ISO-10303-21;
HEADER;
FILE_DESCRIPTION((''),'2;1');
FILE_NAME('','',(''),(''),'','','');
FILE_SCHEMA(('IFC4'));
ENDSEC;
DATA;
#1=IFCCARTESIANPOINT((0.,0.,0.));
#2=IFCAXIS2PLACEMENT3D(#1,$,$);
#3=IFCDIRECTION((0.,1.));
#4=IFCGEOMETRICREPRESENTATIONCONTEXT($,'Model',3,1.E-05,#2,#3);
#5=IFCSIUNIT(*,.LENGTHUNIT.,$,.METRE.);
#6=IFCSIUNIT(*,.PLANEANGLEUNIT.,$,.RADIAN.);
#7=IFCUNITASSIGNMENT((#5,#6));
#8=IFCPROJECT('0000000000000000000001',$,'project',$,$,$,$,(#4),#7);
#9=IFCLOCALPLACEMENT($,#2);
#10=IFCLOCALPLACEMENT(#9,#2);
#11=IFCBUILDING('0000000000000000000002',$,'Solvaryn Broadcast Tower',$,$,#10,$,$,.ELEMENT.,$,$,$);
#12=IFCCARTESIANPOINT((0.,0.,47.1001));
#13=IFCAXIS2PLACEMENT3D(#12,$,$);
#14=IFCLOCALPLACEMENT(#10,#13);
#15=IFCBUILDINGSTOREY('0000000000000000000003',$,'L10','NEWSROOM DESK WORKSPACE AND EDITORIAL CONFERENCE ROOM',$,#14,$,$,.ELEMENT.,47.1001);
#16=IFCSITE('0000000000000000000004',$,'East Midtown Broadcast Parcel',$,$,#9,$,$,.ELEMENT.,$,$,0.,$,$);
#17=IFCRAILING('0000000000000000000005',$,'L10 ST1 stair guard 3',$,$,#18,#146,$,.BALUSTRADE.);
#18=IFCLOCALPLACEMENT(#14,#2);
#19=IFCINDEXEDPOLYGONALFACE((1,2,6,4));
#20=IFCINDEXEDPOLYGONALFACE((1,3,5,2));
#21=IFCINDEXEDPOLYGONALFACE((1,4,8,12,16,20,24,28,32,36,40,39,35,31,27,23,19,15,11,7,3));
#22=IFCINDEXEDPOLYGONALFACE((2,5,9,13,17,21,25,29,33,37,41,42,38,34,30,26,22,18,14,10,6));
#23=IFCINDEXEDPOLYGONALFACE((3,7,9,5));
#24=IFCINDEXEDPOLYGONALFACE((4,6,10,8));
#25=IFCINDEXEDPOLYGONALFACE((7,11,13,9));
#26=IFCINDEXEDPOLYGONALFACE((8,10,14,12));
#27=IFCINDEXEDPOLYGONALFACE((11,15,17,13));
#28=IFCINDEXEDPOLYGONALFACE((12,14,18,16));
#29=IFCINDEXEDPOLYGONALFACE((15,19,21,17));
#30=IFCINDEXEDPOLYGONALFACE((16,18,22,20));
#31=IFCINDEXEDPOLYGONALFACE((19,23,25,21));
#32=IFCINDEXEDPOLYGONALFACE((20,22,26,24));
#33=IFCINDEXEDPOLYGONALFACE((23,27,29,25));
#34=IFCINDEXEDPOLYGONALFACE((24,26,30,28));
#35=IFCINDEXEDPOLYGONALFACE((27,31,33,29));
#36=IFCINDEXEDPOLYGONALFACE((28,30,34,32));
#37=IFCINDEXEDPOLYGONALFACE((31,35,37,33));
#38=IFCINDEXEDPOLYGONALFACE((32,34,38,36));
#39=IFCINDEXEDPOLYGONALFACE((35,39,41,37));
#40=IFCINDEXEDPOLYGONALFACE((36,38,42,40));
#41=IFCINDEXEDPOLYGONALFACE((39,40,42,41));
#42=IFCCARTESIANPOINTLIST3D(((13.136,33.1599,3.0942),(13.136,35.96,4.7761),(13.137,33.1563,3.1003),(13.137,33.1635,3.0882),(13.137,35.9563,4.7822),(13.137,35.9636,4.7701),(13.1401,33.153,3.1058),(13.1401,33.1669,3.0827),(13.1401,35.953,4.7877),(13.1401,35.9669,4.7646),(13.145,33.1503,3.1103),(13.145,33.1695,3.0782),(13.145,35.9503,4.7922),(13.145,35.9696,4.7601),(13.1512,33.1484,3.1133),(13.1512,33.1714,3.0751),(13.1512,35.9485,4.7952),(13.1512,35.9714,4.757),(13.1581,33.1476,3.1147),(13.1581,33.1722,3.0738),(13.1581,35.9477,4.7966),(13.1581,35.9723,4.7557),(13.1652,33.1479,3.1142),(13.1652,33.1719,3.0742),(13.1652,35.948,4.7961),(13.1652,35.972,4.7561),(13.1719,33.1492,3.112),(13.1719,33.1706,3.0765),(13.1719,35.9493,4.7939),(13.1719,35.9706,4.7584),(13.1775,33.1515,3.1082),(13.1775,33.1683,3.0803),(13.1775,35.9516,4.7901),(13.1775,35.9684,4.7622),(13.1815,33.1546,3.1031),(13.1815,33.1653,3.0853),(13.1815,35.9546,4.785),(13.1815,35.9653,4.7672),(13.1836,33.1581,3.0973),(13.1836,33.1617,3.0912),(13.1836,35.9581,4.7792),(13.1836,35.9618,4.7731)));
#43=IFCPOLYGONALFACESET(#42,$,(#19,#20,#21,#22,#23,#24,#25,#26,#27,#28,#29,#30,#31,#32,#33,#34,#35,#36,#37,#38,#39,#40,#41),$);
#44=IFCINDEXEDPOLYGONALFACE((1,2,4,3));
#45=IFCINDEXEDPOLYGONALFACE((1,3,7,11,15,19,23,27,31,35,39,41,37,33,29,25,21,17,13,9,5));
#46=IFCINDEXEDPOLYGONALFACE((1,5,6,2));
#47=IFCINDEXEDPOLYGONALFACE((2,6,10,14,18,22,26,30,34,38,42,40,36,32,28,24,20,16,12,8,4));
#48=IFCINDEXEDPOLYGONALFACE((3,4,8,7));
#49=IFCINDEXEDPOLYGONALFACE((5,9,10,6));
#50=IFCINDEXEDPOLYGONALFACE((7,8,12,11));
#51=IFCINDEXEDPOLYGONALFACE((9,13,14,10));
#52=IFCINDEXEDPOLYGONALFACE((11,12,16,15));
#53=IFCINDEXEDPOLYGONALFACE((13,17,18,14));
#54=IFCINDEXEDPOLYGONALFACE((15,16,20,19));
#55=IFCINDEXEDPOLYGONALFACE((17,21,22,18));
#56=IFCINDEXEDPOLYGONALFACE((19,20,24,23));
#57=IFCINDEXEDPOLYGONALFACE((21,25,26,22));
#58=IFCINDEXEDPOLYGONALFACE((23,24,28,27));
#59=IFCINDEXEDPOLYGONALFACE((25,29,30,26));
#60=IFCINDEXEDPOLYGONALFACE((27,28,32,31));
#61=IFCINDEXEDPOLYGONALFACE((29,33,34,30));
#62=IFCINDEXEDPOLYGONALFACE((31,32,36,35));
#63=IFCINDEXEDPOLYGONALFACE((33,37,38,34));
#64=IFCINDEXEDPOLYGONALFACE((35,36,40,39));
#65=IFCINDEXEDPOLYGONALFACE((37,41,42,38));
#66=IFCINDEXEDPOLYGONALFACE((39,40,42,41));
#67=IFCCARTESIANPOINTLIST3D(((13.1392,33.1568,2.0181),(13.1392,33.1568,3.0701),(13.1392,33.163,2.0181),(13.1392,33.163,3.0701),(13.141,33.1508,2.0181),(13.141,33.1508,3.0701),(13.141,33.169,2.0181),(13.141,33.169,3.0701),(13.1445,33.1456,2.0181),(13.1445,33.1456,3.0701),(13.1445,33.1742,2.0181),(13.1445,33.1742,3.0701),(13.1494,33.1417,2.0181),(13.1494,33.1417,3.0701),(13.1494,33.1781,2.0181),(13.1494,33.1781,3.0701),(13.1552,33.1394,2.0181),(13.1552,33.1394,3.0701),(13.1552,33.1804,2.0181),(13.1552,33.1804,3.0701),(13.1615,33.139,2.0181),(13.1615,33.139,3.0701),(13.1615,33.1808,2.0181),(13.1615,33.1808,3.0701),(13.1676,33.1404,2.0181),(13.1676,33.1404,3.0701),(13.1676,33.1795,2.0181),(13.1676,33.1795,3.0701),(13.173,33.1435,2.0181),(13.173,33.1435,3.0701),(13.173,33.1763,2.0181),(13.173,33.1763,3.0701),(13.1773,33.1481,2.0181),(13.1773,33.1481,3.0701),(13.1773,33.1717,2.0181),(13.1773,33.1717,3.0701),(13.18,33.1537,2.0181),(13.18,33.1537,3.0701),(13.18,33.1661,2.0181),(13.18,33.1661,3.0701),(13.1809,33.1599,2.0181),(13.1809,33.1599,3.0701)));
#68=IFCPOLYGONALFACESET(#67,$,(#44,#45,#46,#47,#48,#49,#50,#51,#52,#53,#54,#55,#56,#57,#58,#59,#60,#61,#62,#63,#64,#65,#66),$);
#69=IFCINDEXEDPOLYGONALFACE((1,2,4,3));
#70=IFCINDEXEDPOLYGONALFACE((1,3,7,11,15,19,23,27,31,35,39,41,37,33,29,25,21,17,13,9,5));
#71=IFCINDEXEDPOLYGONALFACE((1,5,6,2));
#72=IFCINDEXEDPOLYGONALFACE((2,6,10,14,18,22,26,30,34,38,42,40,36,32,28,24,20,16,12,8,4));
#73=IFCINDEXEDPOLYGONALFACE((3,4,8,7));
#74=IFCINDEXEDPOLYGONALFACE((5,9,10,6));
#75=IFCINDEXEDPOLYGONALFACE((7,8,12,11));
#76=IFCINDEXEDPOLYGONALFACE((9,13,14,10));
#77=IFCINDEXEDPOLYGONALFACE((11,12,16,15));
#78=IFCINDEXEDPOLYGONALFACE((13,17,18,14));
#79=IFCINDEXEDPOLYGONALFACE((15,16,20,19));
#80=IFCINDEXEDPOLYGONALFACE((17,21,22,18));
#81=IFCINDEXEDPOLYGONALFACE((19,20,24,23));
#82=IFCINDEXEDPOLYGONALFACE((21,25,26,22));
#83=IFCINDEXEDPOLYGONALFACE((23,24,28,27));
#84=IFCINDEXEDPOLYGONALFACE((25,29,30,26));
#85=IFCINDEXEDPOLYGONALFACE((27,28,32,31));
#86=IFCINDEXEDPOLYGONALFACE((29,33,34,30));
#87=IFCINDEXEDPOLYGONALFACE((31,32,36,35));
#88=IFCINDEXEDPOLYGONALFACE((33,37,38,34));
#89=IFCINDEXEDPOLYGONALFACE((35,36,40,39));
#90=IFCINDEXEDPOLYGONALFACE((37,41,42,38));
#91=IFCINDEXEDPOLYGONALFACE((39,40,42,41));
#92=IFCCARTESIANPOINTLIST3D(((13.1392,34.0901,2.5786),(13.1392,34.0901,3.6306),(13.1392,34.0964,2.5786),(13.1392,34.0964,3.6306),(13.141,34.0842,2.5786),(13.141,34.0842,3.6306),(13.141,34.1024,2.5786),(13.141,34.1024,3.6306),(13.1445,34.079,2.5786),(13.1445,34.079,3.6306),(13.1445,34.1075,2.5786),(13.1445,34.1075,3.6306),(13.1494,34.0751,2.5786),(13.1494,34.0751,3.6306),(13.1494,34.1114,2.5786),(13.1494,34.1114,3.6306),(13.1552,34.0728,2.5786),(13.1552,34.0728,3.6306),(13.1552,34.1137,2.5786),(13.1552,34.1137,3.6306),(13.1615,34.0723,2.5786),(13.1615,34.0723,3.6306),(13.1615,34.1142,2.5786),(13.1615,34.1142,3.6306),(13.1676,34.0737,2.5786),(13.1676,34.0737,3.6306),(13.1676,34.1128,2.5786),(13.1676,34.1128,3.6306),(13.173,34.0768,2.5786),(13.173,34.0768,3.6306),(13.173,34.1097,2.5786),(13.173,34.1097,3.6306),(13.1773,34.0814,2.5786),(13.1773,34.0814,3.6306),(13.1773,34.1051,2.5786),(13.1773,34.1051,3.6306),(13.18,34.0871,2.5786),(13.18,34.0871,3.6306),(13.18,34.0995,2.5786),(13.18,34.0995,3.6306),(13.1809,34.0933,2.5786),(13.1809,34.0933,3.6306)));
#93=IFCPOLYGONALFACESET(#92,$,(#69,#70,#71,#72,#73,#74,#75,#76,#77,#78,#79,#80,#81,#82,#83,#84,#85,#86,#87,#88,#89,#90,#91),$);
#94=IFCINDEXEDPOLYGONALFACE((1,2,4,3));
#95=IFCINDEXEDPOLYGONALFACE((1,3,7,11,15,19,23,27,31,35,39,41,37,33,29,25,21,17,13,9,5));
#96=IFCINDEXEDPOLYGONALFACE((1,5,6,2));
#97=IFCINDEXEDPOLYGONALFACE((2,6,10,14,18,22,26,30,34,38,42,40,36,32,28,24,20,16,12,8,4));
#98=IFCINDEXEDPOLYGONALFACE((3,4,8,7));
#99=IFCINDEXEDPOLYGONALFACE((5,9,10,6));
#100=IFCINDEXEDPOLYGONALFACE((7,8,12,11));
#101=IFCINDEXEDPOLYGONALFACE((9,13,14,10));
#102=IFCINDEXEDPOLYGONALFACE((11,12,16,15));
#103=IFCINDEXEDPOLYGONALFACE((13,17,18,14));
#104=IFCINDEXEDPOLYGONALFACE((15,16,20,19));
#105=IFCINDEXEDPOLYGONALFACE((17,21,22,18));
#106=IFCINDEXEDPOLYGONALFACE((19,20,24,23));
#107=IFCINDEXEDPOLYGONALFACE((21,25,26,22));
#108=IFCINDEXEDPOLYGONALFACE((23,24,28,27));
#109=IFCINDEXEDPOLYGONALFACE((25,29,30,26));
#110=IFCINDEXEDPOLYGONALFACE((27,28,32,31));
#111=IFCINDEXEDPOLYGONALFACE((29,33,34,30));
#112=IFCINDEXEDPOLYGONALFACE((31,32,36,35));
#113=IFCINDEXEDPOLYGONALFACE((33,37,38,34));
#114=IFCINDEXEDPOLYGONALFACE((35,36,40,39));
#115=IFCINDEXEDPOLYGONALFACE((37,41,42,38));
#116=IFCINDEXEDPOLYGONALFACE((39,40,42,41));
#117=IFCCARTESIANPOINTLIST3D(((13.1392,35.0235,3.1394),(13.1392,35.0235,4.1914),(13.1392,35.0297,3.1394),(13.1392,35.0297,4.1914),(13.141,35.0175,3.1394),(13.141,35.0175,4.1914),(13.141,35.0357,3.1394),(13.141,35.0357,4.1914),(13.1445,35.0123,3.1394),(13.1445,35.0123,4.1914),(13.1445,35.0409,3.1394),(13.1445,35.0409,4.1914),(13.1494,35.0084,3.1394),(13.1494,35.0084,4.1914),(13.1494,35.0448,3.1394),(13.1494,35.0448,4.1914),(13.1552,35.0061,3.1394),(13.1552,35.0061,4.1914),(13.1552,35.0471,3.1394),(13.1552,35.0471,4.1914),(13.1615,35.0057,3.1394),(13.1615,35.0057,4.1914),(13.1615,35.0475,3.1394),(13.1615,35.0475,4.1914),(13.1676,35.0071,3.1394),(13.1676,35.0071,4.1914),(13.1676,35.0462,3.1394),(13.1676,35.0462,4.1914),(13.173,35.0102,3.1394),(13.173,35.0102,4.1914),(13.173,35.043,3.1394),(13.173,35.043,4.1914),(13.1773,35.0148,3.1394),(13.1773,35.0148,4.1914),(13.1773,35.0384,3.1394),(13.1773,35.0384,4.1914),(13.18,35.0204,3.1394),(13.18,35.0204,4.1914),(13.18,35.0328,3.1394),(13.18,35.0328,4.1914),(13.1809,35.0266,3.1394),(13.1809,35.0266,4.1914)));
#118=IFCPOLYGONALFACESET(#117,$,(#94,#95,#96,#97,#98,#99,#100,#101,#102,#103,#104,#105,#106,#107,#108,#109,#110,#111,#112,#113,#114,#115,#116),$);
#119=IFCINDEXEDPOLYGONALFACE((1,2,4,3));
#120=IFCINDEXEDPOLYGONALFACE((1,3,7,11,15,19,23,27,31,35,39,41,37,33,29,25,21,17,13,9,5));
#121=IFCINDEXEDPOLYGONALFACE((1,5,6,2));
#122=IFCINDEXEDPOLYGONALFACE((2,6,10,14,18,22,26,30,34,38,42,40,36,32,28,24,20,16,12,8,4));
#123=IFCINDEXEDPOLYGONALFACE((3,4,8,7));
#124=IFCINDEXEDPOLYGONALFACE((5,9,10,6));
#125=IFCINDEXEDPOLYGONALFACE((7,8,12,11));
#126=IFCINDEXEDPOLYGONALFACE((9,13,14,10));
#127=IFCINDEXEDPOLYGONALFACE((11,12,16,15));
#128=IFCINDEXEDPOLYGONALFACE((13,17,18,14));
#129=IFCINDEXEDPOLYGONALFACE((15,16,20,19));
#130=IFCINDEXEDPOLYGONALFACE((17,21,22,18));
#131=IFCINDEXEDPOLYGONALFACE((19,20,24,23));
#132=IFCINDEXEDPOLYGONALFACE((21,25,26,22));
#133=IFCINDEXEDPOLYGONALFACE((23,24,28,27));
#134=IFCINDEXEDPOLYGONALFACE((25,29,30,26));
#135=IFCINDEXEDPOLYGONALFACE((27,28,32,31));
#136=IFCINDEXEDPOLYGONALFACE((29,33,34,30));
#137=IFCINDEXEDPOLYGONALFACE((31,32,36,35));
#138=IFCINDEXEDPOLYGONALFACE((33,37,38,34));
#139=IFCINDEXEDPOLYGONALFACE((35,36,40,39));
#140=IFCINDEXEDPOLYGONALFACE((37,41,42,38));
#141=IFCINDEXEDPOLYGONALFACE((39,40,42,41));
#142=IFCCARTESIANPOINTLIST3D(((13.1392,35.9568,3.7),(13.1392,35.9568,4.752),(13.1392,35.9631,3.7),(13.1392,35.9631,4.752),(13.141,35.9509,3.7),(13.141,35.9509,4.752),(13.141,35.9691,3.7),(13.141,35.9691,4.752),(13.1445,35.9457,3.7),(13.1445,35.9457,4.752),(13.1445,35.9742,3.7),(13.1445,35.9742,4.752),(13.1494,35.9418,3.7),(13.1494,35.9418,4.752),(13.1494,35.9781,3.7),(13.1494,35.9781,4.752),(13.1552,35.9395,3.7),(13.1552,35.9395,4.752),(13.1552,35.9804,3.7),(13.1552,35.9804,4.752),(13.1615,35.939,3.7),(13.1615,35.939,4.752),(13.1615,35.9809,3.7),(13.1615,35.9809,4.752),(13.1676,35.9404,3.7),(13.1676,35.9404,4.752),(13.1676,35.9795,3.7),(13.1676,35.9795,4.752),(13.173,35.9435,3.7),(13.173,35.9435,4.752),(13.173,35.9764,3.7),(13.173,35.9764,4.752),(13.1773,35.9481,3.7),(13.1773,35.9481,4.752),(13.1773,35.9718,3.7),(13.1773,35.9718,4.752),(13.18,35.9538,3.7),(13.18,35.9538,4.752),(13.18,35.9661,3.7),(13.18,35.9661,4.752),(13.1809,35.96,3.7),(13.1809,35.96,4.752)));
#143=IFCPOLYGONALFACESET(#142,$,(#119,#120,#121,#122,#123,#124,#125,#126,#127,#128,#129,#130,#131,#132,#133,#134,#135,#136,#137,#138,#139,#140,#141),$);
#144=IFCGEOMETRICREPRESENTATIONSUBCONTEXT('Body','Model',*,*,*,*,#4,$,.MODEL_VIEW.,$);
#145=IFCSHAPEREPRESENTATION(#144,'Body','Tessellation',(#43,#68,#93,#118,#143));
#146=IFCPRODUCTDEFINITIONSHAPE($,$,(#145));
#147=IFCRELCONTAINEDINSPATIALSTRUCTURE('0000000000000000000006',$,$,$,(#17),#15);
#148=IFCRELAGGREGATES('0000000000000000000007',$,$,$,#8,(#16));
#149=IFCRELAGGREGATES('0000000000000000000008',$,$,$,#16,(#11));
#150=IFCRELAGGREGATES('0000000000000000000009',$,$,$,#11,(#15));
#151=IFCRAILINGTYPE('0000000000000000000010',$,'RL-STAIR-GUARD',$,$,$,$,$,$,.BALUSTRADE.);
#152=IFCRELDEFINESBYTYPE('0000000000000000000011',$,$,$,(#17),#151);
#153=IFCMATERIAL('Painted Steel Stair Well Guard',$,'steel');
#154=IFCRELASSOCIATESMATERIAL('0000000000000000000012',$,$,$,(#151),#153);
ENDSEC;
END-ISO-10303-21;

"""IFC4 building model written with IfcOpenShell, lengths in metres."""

from ifc_helpers import new_model, si_unit, direction, frame, origin, origin_2d, place, context, subcontext, project, spatial, circle, extrude, material, type_object, element, save


model = new_model("IFC4")

# Units and contexts
model_context = context("Model", 3, precision=1e-05, world=origin(), true_north=direction((0.0, 1.0)))
body_context = subcontext(model_context, "Body", "Model", "MODEL_VIEW")
ifc_project = project(units=[si_unit("LENGTHUNIT", "METRE"), si_unit("PLANEANGLEUNIT", "RADIAN")], contexts=[model_context])

# Site, building, storey
site_placement = place(None, origin())
site = spatial("IfcSite", under=ifc_project, at=site_placement, Name="East Midtown Broadcast Parcel", CompositionType="ELEMENT", RefElevation=0.0)
building_placement = place(site_placement, origin())
building = spatial("IfcBuilding", under=site, at=building_placement, Name="Solvaryn Broadcast Tower", CompositionType="ELEMENT")
storey_placement = place(building_placement, frame((0.0, 0.0, 47.1001)))
storey = spatial("IfcBuildingStorey", under=building, at=storey_placement, Name="L10", Description="NEWSROOM DESK WORKSPACE AND EDITORIAL CONFERENCE ROOM", CompositionType="ELEMENT", Elevation=47.1001)

# Railing
ifc_material_1 = material(Name="Painted Steel Stair Well Guard", Category="steel")
railing_type_1 = type_object("IfcRailingType", Name="RL-STAIR-GUARD", PredefinedType="BALUSTRADE", material=ifc_material_1)
railing_1_placement = place(storey_placement, frame((13.1599, 33.1599, 2.0181)))
element("IfcRailing", 1, at=railing_1_placement, inside=storey, type_object=railing_type_1, Name="L10 ST1 stair guard 3", PredefinedType="BALUSTRADE", context=body_context, shape_type="SweptSolid", body=[
    extrude(circle(Radius=0.0239, at=origin_2d()), frame((0.0, 0.0, 1.0762), z_axis=(0.0, 0.857242, 0.514913), x_axis=(-1.0, 0.0, 0.0)), (0.0, 0.0, 1.0), 3.2664),
    extrude(circle(Radius=0.021, at=origin_2d()), origin(), (0.0, 0.0, 1.0), 1.052),
    extrude(circle(Radius=0.021, at=origin_2d()), frame((0.0, 0.9333, 0.5605)), (0.0, 0.0, 1.0), 1.052),
    extrude(circle(Radius=0.021, at=origin_2d()), frame((0.0, 1.8667, 1.1213)), (0.0, 0.0, 1.0), 1.052),
    extrude(circle(Radius=0.021, at=origin_2d()), frame((0.0, 2.8, 1.6819)), (0.0, 0.0, 1.0), 1.052),
])

save(model, "model.ifc")
